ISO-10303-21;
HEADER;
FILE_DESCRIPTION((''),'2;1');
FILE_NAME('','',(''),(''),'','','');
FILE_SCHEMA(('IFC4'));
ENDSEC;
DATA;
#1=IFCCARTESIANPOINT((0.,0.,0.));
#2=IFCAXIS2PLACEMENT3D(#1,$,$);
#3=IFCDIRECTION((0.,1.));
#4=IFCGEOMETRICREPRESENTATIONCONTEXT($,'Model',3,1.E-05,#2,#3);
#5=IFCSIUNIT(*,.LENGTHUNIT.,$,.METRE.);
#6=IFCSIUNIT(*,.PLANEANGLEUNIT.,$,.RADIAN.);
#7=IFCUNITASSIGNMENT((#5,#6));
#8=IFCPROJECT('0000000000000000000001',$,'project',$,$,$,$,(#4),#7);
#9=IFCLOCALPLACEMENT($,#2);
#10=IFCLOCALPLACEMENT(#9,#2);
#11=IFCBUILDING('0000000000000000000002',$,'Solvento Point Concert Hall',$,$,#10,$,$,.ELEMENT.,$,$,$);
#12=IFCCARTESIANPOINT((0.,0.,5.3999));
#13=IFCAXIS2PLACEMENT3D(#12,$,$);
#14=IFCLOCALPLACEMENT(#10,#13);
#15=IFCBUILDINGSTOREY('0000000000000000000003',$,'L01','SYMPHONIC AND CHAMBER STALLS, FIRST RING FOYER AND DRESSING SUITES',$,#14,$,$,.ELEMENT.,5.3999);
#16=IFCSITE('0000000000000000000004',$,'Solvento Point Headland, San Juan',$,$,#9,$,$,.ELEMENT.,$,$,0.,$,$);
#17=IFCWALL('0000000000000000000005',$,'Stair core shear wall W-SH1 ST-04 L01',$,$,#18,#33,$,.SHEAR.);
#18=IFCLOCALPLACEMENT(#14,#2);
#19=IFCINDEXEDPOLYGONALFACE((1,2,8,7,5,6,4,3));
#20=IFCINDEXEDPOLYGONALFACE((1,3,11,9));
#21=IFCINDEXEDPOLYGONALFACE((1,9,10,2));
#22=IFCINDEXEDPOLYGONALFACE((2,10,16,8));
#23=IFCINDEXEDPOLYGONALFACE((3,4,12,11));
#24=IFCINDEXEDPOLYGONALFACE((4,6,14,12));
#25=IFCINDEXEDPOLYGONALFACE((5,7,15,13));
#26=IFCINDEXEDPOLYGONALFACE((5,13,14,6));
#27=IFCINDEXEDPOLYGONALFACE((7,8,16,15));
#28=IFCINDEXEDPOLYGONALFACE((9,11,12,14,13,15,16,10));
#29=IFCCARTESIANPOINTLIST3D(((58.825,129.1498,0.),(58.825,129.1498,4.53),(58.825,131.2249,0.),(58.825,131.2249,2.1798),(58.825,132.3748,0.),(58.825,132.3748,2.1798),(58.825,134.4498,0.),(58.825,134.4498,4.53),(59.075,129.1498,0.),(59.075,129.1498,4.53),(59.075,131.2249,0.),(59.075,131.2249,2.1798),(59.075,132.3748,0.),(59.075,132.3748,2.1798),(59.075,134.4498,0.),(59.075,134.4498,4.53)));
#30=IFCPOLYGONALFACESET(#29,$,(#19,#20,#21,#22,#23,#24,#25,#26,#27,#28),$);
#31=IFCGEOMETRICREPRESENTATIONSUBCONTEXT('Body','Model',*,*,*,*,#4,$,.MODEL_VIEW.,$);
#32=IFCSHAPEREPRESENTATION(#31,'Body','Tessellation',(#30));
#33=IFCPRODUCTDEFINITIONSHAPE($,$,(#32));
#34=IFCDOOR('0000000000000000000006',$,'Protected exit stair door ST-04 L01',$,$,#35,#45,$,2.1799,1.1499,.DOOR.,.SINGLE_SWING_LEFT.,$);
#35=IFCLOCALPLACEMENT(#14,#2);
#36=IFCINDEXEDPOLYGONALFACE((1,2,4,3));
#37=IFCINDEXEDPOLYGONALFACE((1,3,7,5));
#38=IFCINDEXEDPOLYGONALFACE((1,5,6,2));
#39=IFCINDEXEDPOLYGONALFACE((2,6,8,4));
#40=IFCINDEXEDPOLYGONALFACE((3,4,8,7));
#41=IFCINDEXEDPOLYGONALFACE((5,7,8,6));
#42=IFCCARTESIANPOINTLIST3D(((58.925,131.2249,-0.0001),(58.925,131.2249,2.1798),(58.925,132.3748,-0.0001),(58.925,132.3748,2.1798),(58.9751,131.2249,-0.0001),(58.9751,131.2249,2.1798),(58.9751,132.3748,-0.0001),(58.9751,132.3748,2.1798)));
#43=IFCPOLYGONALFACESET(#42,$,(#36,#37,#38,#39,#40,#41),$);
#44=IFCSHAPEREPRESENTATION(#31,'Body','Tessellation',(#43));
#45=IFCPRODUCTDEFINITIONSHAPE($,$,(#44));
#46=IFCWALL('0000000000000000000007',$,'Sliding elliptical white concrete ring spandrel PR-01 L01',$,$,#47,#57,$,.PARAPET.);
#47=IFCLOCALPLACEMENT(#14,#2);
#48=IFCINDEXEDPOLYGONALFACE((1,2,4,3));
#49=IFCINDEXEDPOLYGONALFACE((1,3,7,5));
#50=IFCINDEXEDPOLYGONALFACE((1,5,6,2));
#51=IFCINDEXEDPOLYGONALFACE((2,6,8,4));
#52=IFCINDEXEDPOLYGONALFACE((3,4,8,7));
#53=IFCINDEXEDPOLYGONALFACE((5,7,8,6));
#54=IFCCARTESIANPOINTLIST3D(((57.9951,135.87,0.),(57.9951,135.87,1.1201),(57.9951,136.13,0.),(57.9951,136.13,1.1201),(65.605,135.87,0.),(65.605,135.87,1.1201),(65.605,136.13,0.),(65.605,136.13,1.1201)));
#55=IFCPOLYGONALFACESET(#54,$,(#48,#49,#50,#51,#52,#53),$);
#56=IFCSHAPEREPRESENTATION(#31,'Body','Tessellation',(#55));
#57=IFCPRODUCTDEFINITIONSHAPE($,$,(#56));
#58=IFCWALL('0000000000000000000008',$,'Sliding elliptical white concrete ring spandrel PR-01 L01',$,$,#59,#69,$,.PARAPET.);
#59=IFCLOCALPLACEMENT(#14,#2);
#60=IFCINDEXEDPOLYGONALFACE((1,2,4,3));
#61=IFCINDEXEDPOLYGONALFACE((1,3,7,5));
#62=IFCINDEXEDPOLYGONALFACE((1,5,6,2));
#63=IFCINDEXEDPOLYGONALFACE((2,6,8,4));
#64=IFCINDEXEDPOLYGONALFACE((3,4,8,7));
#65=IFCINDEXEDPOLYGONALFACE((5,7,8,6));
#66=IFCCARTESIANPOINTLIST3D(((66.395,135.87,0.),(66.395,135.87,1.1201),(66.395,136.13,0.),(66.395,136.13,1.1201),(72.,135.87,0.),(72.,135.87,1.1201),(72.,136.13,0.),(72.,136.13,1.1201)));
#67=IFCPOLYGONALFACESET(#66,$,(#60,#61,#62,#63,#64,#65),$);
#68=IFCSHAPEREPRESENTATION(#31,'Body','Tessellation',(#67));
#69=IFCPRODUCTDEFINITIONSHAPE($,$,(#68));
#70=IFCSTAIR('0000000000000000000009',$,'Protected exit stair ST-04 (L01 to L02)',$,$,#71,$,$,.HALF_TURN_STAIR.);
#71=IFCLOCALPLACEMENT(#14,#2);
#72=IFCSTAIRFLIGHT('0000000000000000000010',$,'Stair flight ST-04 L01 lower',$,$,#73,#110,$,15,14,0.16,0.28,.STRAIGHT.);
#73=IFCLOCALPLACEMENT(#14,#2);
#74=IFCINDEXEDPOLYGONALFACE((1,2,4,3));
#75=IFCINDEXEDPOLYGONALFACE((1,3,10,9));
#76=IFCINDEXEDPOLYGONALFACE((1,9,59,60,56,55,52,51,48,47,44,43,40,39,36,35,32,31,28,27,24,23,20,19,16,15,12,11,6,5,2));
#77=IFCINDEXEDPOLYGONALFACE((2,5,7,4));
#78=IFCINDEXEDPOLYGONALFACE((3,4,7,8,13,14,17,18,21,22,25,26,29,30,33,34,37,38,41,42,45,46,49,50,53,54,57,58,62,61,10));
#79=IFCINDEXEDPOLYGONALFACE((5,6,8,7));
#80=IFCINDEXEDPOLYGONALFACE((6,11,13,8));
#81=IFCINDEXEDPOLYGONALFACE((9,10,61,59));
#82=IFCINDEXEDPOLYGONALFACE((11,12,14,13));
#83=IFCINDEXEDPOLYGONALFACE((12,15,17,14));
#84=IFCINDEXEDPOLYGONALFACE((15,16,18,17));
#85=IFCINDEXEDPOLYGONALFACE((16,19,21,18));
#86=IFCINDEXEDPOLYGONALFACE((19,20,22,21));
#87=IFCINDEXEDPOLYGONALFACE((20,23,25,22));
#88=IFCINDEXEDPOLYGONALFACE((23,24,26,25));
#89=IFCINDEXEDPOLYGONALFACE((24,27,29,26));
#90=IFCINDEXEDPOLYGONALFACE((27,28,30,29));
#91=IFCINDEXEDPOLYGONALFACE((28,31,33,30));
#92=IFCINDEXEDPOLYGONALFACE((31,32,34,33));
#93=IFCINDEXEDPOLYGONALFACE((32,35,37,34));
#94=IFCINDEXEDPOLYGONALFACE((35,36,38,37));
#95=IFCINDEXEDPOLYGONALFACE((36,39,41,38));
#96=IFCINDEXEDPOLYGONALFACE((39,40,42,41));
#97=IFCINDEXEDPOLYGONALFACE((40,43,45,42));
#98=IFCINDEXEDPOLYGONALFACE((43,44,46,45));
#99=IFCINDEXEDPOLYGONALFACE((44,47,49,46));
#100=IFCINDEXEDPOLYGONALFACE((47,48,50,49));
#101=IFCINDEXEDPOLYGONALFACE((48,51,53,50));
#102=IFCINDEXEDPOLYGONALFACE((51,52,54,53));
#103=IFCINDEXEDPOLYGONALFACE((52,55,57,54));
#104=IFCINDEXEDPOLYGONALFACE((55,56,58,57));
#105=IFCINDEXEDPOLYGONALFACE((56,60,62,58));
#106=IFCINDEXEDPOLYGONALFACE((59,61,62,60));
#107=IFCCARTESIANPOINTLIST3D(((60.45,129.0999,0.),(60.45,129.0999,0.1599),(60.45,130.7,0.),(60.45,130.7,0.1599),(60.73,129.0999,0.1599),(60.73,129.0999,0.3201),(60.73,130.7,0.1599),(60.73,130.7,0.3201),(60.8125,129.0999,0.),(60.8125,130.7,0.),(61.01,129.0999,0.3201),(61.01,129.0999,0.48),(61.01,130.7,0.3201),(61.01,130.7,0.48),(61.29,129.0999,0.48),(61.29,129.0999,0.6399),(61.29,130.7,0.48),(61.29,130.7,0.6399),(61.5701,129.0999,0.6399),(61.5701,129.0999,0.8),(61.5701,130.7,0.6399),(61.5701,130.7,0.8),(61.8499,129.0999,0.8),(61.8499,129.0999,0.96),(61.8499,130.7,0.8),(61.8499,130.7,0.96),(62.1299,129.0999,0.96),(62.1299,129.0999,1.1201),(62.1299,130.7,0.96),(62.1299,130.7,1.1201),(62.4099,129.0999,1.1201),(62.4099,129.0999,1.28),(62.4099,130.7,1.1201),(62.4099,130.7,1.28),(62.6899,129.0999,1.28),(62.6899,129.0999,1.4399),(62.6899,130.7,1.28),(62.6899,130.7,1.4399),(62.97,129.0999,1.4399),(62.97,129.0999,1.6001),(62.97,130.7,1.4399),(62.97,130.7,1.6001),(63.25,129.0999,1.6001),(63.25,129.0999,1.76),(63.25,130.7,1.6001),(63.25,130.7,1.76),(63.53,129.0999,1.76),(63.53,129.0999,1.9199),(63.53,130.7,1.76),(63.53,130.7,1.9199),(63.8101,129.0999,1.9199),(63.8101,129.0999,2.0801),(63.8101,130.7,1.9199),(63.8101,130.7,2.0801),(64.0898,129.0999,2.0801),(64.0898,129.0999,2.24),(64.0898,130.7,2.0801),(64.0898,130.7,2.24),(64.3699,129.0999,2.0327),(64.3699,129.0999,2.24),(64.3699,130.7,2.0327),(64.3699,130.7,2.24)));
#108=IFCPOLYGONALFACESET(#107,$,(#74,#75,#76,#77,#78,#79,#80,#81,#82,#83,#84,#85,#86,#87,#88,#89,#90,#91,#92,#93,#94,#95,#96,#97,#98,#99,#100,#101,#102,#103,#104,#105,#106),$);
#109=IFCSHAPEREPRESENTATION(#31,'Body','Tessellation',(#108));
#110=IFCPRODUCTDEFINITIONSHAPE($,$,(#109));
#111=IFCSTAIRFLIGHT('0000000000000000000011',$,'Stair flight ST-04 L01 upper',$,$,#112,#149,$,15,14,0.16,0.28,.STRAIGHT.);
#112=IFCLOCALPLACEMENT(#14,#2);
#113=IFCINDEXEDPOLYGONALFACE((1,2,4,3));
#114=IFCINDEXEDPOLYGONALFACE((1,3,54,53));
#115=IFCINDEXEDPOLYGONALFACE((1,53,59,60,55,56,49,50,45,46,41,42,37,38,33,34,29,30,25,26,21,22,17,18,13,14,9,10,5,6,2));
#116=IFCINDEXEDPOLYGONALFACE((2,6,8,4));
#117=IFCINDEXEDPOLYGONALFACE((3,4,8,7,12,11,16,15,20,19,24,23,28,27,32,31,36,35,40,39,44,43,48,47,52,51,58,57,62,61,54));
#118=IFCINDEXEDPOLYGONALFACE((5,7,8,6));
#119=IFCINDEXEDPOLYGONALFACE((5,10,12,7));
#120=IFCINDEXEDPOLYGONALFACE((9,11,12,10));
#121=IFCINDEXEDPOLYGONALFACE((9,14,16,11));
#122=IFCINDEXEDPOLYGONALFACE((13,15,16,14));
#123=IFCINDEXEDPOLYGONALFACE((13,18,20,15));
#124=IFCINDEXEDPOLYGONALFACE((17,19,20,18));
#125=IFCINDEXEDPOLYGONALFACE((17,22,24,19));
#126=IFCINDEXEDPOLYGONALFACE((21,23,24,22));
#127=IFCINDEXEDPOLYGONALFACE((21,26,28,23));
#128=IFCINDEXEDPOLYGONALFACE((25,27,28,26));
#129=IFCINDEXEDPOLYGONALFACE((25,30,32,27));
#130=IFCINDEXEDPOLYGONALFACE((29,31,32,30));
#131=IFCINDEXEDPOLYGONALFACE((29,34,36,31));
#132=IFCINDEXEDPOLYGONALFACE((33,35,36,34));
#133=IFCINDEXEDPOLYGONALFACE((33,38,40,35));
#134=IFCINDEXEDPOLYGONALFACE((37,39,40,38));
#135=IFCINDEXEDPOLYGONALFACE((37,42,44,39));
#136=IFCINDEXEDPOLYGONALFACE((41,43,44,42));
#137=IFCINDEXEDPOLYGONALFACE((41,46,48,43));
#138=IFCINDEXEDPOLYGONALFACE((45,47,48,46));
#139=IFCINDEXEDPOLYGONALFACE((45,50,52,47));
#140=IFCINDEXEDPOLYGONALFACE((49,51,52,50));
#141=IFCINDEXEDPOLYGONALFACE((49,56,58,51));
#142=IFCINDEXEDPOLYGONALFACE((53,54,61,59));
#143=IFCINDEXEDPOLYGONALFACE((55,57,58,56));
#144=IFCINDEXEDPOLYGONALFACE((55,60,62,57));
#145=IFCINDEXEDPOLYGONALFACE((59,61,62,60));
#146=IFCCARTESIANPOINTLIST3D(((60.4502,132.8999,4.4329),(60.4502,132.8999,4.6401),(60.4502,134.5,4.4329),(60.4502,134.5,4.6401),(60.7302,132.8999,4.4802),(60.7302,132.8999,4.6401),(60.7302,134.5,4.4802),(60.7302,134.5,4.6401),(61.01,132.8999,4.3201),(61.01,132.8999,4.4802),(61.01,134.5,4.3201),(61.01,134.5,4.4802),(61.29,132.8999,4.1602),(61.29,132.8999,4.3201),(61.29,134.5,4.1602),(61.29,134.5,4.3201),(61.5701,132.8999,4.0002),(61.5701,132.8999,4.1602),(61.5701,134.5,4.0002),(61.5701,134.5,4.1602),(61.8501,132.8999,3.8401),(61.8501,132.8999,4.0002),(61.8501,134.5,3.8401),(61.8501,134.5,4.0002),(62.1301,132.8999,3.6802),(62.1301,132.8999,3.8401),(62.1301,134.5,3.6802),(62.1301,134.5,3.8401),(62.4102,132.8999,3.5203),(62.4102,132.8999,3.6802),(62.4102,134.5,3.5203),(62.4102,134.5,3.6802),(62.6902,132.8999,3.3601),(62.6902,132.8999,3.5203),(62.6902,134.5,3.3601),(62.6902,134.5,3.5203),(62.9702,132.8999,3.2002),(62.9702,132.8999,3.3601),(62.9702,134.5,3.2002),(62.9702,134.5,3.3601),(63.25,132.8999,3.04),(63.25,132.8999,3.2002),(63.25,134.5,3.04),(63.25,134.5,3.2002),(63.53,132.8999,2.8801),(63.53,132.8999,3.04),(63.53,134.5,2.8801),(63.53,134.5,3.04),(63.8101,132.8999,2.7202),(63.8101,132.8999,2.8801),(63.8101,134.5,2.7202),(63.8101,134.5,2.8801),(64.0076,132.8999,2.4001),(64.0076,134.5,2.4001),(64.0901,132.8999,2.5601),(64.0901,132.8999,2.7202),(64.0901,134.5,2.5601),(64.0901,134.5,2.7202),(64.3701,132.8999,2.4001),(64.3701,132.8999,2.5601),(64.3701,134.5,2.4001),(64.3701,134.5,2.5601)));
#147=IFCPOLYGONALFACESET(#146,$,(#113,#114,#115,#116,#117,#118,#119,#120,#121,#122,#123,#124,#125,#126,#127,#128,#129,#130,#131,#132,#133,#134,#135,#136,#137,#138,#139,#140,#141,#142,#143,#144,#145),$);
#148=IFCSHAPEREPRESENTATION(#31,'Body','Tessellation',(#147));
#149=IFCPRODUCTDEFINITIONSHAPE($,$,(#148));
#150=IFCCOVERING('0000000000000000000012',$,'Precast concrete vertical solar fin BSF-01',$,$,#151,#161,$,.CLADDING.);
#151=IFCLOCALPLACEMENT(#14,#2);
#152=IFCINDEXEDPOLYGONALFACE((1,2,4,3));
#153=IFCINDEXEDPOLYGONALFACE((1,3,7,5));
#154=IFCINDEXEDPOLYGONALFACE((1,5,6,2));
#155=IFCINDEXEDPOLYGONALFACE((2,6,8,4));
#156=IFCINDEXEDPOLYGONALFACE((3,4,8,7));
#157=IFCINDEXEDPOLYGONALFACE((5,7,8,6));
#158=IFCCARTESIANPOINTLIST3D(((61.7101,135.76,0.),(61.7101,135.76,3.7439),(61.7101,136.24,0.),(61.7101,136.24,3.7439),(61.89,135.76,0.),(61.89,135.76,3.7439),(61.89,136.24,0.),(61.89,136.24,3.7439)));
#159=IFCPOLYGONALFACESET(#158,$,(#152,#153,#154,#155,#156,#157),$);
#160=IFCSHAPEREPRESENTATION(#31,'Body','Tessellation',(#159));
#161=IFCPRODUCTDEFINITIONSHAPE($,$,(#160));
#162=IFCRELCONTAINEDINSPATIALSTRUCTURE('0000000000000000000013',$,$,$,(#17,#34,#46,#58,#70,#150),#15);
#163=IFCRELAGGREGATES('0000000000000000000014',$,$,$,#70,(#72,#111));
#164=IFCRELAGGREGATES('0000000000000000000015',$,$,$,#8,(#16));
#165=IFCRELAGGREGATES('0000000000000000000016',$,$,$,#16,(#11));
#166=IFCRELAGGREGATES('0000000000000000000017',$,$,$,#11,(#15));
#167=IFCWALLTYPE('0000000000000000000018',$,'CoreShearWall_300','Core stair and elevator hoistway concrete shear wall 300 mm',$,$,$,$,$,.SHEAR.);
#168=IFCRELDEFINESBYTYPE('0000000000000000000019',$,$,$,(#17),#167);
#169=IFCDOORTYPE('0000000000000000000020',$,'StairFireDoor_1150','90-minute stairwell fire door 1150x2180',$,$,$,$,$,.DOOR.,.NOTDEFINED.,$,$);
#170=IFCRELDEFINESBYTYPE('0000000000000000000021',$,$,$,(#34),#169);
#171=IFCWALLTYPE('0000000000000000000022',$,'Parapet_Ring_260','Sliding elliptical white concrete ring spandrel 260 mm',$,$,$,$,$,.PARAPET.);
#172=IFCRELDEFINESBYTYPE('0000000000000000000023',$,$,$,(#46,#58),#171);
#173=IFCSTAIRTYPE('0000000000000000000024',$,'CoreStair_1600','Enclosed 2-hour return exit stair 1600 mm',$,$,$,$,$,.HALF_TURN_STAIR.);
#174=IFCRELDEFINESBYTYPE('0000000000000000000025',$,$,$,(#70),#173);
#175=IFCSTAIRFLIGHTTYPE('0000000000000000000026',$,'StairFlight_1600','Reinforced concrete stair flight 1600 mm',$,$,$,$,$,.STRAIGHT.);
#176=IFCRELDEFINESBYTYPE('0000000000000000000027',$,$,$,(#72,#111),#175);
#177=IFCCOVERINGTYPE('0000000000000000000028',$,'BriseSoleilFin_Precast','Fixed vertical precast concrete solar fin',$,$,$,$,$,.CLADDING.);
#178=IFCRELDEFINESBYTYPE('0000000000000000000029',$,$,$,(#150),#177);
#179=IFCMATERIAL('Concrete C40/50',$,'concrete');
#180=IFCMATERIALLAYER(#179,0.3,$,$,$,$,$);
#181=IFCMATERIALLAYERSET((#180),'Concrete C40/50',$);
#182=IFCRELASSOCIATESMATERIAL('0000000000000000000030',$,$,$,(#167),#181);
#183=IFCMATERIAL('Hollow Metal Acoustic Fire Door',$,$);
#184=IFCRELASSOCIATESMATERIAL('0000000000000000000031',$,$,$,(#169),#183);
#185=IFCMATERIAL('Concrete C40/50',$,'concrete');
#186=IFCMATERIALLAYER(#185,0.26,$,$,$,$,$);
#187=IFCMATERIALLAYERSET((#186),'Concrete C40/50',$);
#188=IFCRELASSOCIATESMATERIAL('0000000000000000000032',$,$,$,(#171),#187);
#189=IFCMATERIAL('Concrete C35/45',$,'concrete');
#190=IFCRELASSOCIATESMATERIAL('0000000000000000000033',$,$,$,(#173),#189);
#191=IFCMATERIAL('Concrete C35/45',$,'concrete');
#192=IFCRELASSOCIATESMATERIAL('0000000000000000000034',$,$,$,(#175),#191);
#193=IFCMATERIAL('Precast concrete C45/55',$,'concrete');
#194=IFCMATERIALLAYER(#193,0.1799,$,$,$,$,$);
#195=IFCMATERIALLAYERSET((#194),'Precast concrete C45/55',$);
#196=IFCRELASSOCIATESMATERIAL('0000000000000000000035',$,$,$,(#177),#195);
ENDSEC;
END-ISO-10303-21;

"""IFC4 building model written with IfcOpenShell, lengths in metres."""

from ifc_helpers import new_model, si_unit, direction, frame, frame_2d, origin, origin_2d, place, context, subcontext, project, spatial, polyline, rectangle, outline, extrude, material, layer, layer_set, type_object, element, fill, aggregate, save


model = new_model("IFC4")

# Units and contexts
model_context = context("Model", 3, precision=1e-05, world=origin(), true_north=direction((0.0, 1.0)))
body_context = subcontext(model_context, "Body", "Model", "MODEL_VIEW")
ifc_project = project(units=[si_unit("LENGTHUNIT", "METRE"), si_unit("PLANEANGLEUNIT", "RADIAN")], contexts=[model_context])

# Site, building, storey
site_placement = place(None, origin())
site = spatial("IfcSite", under=ifc_project, at=site_placement, Name="Solvento Point Headland, San Juan", CompositionType="ELEMENT", RefElevation=0.0)
building_placement = place(site_placement, origin())
building = spatial("IfcBuilding", under=site, at=building_placement, Name="Solvento Point Concert Hall", CompositionType="ELEMENT")
storey_placement = place(building_placement, frame((0.0, 0.0, 5.3999)))
storey = spatial("IfcBuildingStorey", under=building, at=storey_placement, Name="L01", Description="SYMPHONIC AND CHAMBER STALLS, FIRST RING FOYER AND DRESSING SUITES", CompositionType="ELEMENT", Elevation=5.3999)

# Shared definitions
ifc_material_1 = material(Name="Concrete C40/50", Category="concrete")
ifc_layer_1 = layer(ifc_material_1, 0.3)
ifc_layer_set_1 = layer_set([ifc_layer_1], Name="Concrete C40/50")
wall_type_1 = type_object("IfcWallType", Name="CoreShearWall_300", Description="Core stair and elevator hoistway concrete shear wall 300 mm", PredefinedType="SHEAR", material=ifc_layer_set_1)

# Wall, opening, door
wall_1_placement = place(storey_placement, frame((58.95, 129.1499, 0.0), z_axis=(0.0, 0.0, 1.0), x_axis=(0.0, 1.0, 0.0)))
wall_1 = element("IfcWall", 1, at=wall_1_placement, inside=storey, type_object=wall_type_1, Name="Stair core shear wall W-SH1 ST-04 L01", PredefinedType="SHEAR", context=body_context, shape_type="SweptSolid", body=[
    extrude(rectangle(XDim=5.3, YDim=0.25, at=frame_2d((2.6499, 0.0))), origin(), (0.0, 0.0, 1.0), 4.53),
])
opening_placement = place(wall_1_placement, frame((2.075, 0.0, 0.0)))
opening = element("IfcOpeningElement", 2, at=opening_placement, cuts=wall_1, PredefinedType="OPENING", context=body_context, shape_type="SweptSolid", body=[
    extrude(rectangle(XDim=1.1499, YDim=2.1799, at=frame_2d((0.575, 1.0898))), frame((0.0, 0.135, 0.0), z_axis=(0.0, -1.0, 0.0), x_axis=(1.0, 0.0, 0.0)), (0.0, 0.0, 1.0), 0.27),
])
ifc_material_2 = material(Name="Hollow Metal Acoustic Fire Door")
door_type = type_object("IfcDoorType", Name="StairFireDoor_1150", Description="90-minute stairwell fire door 1150x2180", OperationType="NOTDEFINED", PredefinedType="DOOR", material=ifc_material_2)
door_placement = place(opening_placement, origin())
door = element("IfcDoor", 3, at=door_placement, inside=storey, type_object=door_type, Name="Protected exit stair door ST-04 L01", OperationType="SINGLE_SWING_LEFT", OverallHeight=2.1799, OverallWidth=1.1499, PredefinedType="DOOR", context=body_context, shape_type="SweptSolid", body=[
    extrude(rectangle(XDim=1.1499, YDim=2.1799, at=frame_2d((0.575, 1.0898))), frame((0.0, 0.0249, 0.0), z_axis=(0.0, -1.0, 0.0), x_axis=(1.0, 0.0, 0.0)), (0.0, 0.0, 1.0), 0.05),
])
fill(opening, door)

# Walls
ifc_material_3 = material(Name="Concrete C40/50", Category="concrete")
ifc_layer_2 = layer(ifc_material_3, 0.26)
ifc_layer_set_2 = layer_set([ifc_layer_2], Name="Concrete C40/50")
wall_type_2 = type_object("IfcWallType", Name="Parapet_Ring_260", Description="Sliding elliptical white concrete ring spandrel 260 mm", PredefinedType="PARAPET", material=ifc_layer_set_2)
wall_2_placement = place(storey_placement, frame((57.9951, 136.0, 0.0), z_axis=(0.0, 0.0, 1.0), x_axis=(1.0, 0.0, 0.0)))
element("IfcWall", 4, at=wall_2_placement, inside=storey, type_object=wall_type_2, Name="Sliding elliptical white concrete ring spandrel PR-01 L01", PredefinedType="PARAPET", context=body_context, shape_type="SweptSolid", body=[
    extrude(rectangle(XDim=7.6099, YDim=0.26, at=frame_2d((3.8049, 0.0))), origin(), (0.0, 0.0, 1.0), 1.1201),
])
wall_3_placement = place(storey_placement, frame((66.395, 136.0, 0.0), z_axis=(0.0, 0.0, 1.0), x_axis=(1.0, 0.0, 0.0)))
element("IfcWall", 5, at=wall_3_placement, inside=storey, type_object=wall_type_2, Name="Sliding elliptical white concrete ring spandrel PR-01 L01", PredefinedType="PARAPET", context=body_context, shape_type="SweptSolid", body=[
    extrude(rectangle(XDim=5.605, YDim=0.26, at=frame_2d((2.8025, 0.0))), origin(), (0.0, 0.0, 1.0), 1.1201),
])

# Stair, stair flights
ifc_material_4 = material(Name="Concrete C35/45", Category="concrete")
stair_type = type_object("IfcStairType", Name="CoreStair_1600", Description="Enclosed 2-hour return exit stair 1600 mm", PredefinedType="HALF_TURN_STAIR", material=ifc_material_4)
stair_placement = place(storey_placement, origin())
stair = element("IfcStair", 6, at=stair_placement, inside=storey, type_object=stair_type, Name="Protected exit stair ST-04 (L01 to L02)", PredefinedType="HALF_TURN_STAIR")
ifc_material_5 = material(Name="Concrete C35/45", Category="concrete")
stair_flight_type = type_object("IfcStairFlightType", Name="StairFlight_1600", Description="Reinforced concrete stair flight 1600 mm", PredefinedType="STRAIGHT", material=ifc_material_5)
stair_flight_1_placement = place(storey_placement, frame((60.45, 129.8999, 0.0), z_axis=(0.0, 0.0, 1.0), x_axis=(1.0, 0.0, 0.0)))
stair_flight_1 = element("IfcStairFlight", 7, at=stair_flight_1_placement, type_object=stair_flight_type, Name="Stair flight ST-04 L01 lower", NumberOfRisers=15, NumberOfTreads=14, PredefinedType="STRAIGHT", RiserHeight=0.16, TreadLength=0.28, context=body_context, shape_type="SweptSolid", body=[
    extrude(outline(polyline([(0.0, 0.0), (0.0, 0.1599), (0.28, 0.1599), (0.28, 0.3201), (0.5601, 0.3201), (0.5601, 0.48), (0.8401, 0.48), (0.8401, 0.6399), (1.1201, 0.6399), (1.1201, 0.8), (1.3999, 0.8), (1.3999, 0.96), (1.6799, 0.96), (1.6799, 1.1201), (1.96, 1.1201), (1.96, 1.28), (2.24, 1.28), (2.24, 1.4399), (2.52, 1.4399), (2.52, 1.6001), (2.8, 1.6001), (2.8, 1.76), (3.0801, 1.76), (3.0801, 1.9199), (3.3601, 1.9199), (3.3601, 2.0801), (3.6399, 2.0801), (3.6399, 2.24), (3.9199, 2.24), (3.9199, 2.3999), (3.9199, 2.0327), (0.3625, 0.0), (0.0, 0.0)])), frame((0.0, 0.8, 0.0), z_axis=(0.0, -1.0, 0.0), x_axis=(1.0, 0.0, 0.0)), (0.0, 0.0, 1.0), 1.6001),
])
stair_flight_2_placement = place(storey_placement, frame((64.3701, 133.7, 2.4001), z_axis=(0.0, 0.0, 1.0), x_axis=(-1.0, 0.0, 0.0)))
stair_flight_2 = element("IfcStairFlight", 8, at=stair_flight_2_placement, type_object=stair_flight_type, Name="Stair flight ST-04 L01 upper", NumberOfRisers=15, NumberOfTreads=14, PredefinedType="STRAIGHT", RiserHeight=0.16, TreadLength=0.28, context=body_context, shape_type="SweptSolid", body=[
    extrude(outline(polyline([(0.0, 0.0), (0.0, 0.1599), (0.28, 0.1599), (0.28, 0.3201), (0.5601, 0.3201), (0.5601, 0.48), (0.8401, 0.48), (0.8401, 0.6399), (1.1201, 0.6399), (1.1201, 0.8), (1.3999, 0.8), (1.3999, 0.96), (1.6799, 0.96), (1.6799, 1.1201), (1.96, 1.1201), (1.96, 1.28), (2.24, 1.28), (2.24, 1.4399), (2.52, 1.4399), (2.52, 1.6001), (2.8, 1.6001), (2.8, 1.76), (3.0801, 1.76), (3.0801, 1.9199), (3.3601, 1.9199), (3.3601, 2.0801), (3.6399, 2.0801), (3.6399, 2.24), (3.9199, 2.24), (3.9199, 2.3999), (3.9199, 2.0327), (0.3625, 0.0), (0.0, 0.0)])), frame((0.0, 0.8, 0.0), z_axis=(0.0, -1.0, 0.0), x_axis=(1.0, 0.0, 0.0)), (0.0, 0.0, 1.0), 1.6001),
])
aggregate(stair, [stair_flight_1, stair_flight_2])

# Covering
ifc_material_6 = material(Name="Precast concrete C45/55", Category="concrete")
ifc_layer_3 = layer(ifc_material_6, 0.1799)
ifc_layer_set_3 = layer_set([ifc_layer_3], Name="Precast concrete C45/55")
covering_type = type_object("IfcCoveringType", Name="BriseSoleilFin_Precast", Description="Fixed vertical precast concrete solar fin", PredefinedType="CLADDING", material=ifc_layer_set_3)
covering_placement = place(storey_placement, frame((61.8, 136.0, 0.0), z_axis=(0.0, 0.0, 1.0), x_axis=(1.0, 0.0, 0.0)))
element("IfcCovering", 9, at=covering_placement, inside=storey, type_object=covering_type, Name="Precast concrete vertical solar fin BSF-01", PredefinedType="CLADDING", context=body_context, shape_type="SweptSolid", body=[
    extrude(rectangle(XDim=0.1799, YDim=0.48, at=origin_2d()), origin(), (0.0, 0.0, 1.0), 3.7439),
])

save(model, "model.ifc")
